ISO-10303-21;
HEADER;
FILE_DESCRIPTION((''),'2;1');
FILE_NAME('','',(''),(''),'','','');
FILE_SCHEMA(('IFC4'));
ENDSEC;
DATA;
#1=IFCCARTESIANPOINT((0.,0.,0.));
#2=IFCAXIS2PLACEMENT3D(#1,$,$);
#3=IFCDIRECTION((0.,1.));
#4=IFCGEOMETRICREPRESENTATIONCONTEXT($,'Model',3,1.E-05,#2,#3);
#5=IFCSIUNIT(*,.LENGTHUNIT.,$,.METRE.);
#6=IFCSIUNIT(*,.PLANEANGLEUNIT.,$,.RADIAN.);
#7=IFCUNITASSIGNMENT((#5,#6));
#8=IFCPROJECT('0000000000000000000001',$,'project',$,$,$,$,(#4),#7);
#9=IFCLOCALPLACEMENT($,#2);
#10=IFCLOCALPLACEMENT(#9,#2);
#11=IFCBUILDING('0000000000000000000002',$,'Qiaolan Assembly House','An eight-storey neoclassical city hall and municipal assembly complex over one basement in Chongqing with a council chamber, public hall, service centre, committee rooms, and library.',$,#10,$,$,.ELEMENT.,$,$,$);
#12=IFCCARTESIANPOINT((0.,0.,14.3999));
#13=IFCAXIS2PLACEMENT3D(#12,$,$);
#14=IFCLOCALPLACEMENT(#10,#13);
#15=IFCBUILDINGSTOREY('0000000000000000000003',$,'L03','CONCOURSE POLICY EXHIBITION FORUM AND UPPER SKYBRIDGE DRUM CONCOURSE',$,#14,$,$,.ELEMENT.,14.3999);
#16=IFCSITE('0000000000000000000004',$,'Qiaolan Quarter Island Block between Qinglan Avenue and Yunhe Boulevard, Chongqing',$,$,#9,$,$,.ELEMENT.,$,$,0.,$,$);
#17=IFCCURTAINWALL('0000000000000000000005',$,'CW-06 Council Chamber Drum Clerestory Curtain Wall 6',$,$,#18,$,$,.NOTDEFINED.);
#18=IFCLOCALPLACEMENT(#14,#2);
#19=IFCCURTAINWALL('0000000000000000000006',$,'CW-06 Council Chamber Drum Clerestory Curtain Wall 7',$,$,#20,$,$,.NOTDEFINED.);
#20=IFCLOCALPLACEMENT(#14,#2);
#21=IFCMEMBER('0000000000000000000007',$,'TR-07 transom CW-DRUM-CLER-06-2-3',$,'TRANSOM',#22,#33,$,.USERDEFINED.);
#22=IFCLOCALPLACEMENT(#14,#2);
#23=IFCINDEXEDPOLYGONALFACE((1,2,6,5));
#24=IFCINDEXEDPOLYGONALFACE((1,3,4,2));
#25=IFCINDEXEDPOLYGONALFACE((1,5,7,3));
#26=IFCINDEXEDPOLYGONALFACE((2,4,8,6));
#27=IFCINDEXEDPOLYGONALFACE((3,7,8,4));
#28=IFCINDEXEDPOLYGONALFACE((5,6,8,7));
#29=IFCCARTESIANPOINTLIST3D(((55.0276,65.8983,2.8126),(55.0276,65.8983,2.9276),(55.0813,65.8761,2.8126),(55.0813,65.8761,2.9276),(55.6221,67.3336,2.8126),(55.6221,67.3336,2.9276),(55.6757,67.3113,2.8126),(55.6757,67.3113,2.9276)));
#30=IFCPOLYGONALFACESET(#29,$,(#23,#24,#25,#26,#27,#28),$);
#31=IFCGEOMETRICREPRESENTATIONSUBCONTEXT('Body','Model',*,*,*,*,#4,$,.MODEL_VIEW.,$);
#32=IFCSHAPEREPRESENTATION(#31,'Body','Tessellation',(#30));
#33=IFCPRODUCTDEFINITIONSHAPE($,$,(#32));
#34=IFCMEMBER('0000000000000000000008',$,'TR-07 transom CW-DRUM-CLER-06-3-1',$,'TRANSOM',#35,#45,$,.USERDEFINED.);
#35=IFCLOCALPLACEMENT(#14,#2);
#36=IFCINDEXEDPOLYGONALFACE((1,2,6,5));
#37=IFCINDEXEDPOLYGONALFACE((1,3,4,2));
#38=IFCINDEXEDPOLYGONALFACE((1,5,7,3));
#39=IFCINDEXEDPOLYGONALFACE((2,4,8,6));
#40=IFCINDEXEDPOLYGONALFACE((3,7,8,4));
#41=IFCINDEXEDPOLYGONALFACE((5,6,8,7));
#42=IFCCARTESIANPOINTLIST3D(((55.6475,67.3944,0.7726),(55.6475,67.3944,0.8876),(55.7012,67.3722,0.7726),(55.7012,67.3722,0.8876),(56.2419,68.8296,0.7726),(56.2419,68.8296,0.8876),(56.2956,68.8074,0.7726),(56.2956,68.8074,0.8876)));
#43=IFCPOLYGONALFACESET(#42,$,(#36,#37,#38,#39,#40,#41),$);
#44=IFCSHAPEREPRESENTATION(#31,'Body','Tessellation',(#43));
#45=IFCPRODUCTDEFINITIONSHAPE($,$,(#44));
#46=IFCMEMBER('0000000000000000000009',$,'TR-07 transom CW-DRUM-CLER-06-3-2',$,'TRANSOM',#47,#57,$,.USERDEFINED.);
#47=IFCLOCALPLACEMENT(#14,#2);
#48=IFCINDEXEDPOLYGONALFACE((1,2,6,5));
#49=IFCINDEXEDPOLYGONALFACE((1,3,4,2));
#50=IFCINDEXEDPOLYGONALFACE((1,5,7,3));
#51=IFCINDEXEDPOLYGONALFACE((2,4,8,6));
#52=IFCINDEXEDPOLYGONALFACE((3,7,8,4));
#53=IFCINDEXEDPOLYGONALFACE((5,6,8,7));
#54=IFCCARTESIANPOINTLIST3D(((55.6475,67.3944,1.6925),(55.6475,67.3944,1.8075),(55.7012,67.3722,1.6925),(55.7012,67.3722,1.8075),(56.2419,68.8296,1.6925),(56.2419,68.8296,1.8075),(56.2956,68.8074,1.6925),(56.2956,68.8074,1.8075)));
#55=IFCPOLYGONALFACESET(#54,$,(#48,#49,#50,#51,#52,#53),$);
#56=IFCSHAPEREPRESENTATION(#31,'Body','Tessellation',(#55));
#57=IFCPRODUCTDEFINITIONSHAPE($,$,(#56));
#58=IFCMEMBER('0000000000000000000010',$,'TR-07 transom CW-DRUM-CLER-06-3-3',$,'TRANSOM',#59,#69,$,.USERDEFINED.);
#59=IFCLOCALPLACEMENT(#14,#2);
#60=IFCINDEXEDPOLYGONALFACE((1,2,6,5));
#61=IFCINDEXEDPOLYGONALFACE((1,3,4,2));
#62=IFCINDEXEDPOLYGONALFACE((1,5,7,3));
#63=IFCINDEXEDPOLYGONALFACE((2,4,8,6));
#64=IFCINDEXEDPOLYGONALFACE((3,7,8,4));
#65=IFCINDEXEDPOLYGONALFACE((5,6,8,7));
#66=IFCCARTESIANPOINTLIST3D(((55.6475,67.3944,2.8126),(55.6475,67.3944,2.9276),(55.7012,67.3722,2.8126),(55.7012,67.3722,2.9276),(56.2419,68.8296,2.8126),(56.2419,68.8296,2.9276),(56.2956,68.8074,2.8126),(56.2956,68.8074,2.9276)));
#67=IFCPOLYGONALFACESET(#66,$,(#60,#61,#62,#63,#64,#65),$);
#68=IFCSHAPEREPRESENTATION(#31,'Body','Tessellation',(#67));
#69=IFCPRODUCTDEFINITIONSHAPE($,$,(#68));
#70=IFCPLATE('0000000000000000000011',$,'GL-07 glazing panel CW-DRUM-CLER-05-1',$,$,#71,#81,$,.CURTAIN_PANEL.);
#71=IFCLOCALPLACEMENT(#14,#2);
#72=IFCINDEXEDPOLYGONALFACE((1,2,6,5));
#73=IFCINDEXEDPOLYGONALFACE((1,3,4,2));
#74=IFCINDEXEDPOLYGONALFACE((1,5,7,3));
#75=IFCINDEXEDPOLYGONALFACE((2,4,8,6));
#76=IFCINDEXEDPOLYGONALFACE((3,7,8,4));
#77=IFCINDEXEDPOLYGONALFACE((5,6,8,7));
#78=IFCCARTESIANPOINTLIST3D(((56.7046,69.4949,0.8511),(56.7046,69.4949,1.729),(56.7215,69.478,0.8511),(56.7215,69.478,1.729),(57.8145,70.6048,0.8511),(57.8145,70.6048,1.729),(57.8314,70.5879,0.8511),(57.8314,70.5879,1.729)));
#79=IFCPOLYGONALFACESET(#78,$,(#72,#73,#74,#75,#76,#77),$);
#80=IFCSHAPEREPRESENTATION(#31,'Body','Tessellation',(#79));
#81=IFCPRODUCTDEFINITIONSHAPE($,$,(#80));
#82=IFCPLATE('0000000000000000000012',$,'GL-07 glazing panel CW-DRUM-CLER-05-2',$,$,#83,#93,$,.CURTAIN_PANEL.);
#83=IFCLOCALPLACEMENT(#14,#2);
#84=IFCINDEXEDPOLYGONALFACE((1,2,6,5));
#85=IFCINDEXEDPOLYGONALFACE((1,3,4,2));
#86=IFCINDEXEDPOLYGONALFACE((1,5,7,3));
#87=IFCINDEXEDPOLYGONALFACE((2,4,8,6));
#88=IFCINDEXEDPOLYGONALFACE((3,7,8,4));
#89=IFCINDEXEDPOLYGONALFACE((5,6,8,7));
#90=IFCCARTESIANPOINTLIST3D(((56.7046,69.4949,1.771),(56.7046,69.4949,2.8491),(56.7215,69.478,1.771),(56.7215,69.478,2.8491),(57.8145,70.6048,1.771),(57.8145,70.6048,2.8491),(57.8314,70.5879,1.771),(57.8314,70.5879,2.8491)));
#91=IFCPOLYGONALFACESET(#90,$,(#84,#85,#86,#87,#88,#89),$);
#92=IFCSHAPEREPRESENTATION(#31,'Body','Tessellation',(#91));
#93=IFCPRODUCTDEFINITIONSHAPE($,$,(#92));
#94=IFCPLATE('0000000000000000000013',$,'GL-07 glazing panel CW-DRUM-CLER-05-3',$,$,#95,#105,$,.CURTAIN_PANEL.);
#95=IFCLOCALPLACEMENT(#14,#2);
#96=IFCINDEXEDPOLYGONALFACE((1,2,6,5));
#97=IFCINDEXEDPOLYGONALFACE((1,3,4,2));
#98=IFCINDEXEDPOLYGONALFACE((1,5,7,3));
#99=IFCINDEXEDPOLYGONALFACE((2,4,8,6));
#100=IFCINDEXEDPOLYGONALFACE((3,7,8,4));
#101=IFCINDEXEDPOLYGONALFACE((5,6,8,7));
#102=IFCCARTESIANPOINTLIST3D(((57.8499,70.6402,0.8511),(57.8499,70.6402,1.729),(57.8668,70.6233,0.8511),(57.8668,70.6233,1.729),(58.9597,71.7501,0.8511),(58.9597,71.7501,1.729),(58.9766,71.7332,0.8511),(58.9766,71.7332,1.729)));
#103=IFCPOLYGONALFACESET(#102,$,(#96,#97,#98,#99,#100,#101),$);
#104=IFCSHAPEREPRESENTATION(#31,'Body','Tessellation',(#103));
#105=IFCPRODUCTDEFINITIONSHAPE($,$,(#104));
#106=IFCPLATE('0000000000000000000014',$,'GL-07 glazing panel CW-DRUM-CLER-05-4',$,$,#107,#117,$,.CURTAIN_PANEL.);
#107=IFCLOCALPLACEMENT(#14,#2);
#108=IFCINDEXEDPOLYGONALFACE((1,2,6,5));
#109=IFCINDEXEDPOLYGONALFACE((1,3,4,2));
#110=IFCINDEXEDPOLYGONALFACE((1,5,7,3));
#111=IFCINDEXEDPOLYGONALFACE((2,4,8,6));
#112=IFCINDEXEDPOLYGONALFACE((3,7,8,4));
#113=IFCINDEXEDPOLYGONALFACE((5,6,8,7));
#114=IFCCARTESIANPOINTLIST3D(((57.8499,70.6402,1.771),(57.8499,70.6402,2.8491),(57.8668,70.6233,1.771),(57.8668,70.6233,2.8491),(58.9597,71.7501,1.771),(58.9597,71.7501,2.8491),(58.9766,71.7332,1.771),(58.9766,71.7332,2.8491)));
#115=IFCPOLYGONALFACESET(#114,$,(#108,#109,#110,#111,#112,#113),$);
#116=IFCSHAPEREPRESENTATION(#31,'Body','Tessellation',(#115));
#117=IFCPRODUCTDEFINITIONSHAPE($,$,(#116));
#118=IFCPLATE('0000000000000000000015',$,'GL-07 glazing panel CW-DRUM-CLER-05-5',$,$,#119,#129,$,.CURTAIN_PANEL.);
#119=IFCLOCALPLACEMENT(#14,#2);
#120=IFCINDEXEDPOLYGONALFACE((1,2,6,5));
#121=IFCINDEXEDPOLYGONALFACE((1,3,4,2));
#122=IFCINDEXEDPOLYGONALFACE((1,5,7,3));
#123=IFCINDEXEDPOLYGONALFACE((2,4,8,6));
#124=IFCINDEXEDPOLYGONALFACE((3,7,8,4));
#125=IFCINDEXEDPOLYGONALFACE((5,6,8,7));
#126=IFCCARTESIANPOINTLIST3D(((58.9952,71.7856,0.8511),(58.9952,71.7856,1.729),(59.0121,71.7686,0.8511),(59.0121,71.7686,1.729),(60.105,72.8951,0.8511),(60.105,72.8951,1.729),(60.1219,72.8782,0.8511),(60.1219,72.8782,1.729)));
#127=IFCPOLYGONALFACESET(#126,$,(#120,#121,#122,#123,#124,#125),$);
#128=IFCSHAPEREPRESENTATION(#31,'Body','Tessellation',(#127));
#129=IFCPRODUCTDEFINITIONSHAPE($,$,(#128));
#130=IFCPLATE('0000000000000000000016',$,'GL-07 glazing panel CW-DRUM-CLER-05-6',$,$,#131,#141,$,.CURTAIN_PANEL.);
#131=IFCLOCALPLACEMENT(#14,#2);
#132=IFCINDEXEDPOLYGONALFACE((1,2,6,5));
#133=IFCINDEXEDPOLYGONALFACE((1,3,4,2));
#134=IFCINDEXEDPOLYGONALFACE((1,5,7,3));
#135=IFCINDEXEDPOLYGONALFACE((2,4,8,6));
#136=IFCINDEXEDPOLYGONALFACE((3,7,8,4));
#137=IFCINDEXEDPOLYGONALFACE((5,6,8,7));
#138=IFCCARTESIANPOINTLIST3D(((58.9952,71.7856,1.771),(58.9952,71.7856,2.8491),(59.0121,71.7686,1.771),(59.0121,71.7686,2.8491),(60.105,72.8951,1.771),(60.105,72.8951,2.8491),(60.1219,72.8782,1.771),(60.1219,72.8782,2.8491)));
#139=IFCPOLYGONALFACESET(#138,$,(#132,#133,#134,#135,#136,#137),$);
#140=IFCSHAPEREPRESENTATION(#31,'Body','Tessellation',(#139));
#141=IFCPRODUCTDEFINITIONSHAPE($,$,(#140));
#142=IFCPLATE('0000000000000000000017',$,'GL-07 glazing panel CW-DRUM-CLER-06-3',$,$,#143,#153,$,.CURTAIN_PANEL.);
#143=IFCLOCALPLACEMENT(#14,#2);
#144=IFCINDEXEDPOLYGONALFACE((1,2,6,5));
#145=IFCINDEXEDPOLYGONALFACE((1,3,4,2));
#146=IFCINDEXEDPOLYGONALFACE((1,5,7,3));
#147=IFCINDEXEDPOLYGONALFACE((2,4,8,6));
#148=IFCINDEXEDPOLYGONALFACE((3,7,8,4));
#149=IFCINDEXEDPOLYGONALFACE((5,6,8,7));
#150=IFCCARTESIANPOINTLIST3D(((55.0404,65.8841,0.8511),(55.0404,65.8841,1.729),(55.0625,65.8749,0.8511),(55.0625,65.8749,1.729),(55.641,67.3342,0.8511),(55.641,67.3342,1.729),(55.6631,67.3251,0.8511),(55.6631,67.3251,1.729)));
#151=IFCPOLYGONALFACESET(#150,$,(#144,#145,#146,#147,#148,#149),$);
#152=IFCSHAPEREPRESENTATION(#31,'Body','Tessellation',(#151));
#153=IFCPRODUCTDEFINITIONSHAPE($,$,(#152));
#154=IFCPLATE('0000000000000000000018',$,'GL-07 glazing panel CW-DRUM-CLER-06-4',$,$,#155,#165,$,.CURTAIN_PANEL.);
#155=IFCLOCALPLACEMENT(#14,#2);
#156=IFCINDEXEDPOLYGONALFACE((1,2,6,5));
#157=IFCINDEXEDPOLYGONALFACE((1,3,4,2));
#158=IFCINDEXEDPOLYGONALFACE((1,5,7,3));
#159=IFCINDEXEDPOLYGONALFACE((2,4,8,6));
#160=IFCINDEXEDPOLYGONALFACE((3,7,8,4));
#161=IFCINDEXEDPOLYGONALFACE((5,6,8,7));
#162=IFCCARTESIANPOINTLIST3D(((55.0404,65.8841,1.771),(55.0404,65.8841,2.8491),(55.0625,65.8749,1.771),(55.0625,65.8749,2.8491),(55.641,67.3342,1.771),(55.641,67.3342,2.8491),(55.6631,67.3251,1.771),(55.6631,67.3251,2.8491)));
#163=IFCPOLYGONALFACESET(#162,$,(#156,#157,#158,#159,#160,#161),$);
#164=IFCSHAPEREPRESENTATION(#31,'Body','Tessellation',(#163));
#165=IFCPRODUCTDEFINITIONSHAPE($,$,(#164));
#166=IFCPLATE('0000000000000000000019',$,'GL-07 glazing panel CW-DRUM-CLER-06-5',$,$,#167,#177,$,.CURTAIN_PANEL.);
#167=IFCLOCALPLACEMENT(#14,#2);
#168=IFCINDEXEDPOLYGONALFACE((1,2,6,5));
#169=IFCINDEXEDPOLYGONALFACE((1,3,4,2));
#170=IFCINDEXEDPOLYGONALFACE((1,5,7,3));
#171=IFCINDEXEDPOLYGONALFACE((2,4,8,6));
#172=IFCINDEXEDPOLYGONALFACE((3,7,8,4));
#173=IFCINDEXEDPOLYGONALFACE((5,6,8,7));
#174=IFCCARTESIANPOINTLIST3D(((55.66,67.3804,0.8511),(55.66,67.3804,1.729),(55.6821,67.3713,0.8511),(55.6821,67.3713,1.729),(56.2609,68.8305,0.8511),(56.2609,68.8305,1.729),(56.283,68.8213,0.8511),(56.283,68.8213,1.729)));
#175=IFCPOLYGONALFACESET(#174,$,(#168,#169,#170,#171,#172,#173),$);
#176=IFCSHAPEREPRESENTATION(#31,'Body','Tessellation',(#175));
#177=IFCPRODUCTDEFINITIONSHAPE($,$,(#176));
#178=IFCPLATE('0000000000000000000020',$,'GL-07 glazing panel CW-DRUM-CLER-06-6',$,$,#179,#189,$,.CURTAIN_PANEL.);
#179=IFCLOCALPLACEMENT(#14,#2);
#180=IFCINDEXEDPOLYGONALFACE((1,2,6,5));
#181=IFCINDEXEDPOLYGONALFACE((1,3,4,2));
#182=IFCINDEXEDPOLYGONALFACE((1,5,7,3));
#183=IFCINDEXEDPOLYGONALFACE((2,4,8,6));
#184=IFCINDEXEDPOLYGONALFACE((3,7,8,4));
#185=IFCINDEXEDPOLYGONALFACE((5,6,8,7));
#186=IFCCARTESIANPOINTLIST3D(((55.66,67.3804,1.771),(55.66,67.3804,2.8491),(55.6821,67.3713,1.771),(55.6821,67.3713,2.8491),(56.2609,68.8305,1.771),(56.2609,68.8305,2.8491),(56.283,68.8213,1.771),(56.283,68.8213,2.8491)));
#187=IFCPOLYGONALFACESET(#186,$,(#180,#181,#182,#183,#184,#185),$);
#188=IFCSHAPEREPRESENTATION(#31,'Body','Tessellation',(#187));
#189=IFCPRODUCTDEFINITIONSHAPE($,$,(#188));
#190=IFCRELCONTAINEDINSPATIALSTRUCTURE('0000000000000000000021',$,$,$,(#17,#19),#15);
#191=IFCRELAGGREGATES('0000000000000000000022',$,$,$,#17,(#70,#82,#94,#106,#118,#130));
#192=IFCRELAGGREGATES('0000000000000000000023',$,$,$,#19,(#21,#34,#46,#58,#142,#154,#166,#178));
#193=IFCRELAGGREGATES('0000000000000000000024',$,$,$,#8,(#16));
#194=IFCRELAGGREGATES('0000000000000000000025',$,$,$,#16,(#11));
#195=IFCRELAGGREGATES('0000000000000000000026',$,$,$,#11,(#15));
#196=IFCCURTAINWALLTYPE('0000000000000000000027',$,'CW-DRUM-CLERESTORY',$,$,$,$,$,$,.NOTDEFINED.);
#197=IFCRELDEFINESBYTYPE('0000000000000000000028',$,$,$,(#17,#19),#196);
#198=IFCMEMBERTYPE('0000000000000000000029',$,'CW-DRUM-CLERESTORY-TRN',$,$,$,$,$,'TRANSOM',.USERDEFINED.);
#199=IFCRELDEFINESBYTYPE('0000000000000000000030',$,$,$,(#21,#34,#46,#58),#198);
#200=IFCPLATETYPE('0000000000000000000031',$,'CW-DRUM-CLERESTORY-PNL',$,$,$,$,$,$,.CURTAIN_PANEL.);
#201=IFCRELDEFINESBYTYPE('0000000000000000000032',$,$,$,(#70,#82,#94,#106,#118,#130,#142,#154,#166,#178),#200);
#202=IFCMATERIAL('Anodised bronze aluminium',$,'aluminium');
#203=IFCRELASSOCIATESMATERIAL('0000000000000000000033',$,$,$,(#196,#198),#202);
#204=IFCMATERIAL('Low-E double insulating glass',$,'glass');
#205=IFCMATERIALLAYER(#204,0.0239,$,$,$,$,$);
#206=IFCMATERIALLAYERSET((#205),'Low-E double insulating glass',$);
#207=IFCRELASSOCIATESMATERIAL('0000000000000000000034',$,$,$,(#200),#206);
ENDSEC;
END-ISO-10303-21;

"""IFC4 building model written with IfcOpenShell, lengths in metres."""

from ifc_helpers import new_model, si_unit, direction, frame, frame_2d, origin, origin_2d, place, context, subcontext, project, spatial, rectangle, extrude, material, layer, layer_set, material_profile, profile_set, type_object, element, aggregate, save


model = new_model("IFC4")

# Units and contexts
model_context = context("Model", 3, precision=1e-05, world=origin(), true_north=direction((0.0, 1.0)))
body_context = subcontext(model_context, "Body", "Model", "MODEL_VIEW")
ifc_project = project(units=[si_unit("LENGTHUNIT", "METRE"), si_unit("PLANEANGLEUNIT", "RADIAN")], contexts=[model_context])

# Site, building, storey
site_placement = place(None, origin())
site = spatial("IfcSite", under=ifc_project, at=site_placement, Name="Qiaolan Quarter Island Block between Qinglan Avenue and Yunhe Boulevard, Chongqing", CompositionType="ELEMENT", RefElevation=0.0)
building_placement = place(site_placement, origin())
building = spatial("IfcBuilding", under=site, at=building_placement, Name="Qiaolan Assembly House", Description="An eight-storey neoclassical city hall and municipal assembly complex over one basement in Chongqing with a council chamber, public hall, service centre, committee rooms, and library.", CompositionType="ELEMENT")
storey_placement = place(building_placement, frame((0.0, 0.0, 14.3999)))
storey = spatial("IfcBuildingStorey", under=building, at=storey_placement, Name="L03", Description="CONCOURSE POLICY EXHIBITION FORUM AND UPPER SKYBRIDGE DRUM CONCOURSE", CompositionType="ELEMENT", Elevation=14.3999)

# Curtain walls
ifc_material_1 = material(Name="Anodised bronze aluminium", Category="aluminium")
curtain_wall_type = type_object("IfcCurtainWallType", Name="CW-DRUM-CLERESTORY", PredefinedType="NOTDEFINED", material=ifc_material_1)
curtain_wall_1_placement = place(storey_placement, origin())
curtain_wall_1 = element("IfcCurtainWall", 1, at=curtain_wall_1_placement, inside=storey, type_object=curtain_wall_type, Name="CW-06 Council Chamber Drum Clerestory Curtain Wall 6", PredefinedType="NOTDEFINED")
curtain_wall_2_placement = place(storey_placement, origin())
curtain_wall_2 = element("IfcCurtainWall", 2, at=curtain_wall_2_placement, inside=storey, type_object=curtain_wall_type, Name="CW-06 Council Chamber Drum Clerestory Curtain Wall 7", PredefinedType="NOTDEFINED")

# Members
ifc_material_profile_1 = material_profile(ifc_material_1, rectangle(XDim=0.0581, YDim=0.115, at=origin_2d()), Name="TRN 58x115")
ifc_profile_set_1 = profile_set([ifc_material_profile_1], Name="Anodised bronze aluminium")
member_type_1 = type_object("IfcMemberType", Name="CW-DRUM-CLERESTORY-TRN", ElementType="TRANSOM", PredefinedType="USERDEFINED", material=ifc_profile_set_1)
member_1_placement = place(storey_placement, frame((55.0544, 65.8872, 2.8701), z_axis=(0.382662, 0.923889, 0.0), x_axis=(-0.923889, 0.382662, 0.0)))
member_1 = element("IfcMember", 3, at=member_1_placement, type_object=member_type_1, Name="TR-07 transom CW-DRUM-CLER-06-2-3", ObjectType="TRANSOM", PredefinedType="USERDEFINED", context=body_context, shape_type="SweptSolid", body=[
    extrude(rectangle(XDim=0.0581, YDim=0.115, at=origin_2d()), origin(), (0.0, 0.0, 1.0), 1.5535),
])
member_2_placement = place(storey_placement, frame((55.6743, 67.3833, 0.8301), z_axis=(0.382662, 0.923889, 0.0), x_axis=(-0.923889, 0.382662, 0.0)))
member_2 = element("IfcMember", 4, at=member_2_placement, type_object=member_type_1, Name="TR-07 transom CW-DRUM-CLER-06-3-1", ObjectType="TRANSOM", PredefinedType="USERDEFINED", context=body_context, shape_type="SweptSolid", body=[
    extrude(rectangle(XDim=0.0581, YDim=0.115, at=origin_2d()), origin(), (0.0, 0.0, 1.0), 1.5535),
])
member_3_placement = place(storey_placement, frame((55.6743, 67.3833, 1.75), z_axis=(0.382662, 0.923889, 0.0), x_axis=(-0.923889, 0.382662, 0.0)))
member_3 = element("IfcMember", 5, at=member_3_placement, type_object=member_type_1, Name="TR-07 transom CW-DRUM-CLER-06-3-2", ObjectType="TRANSOM", PredefinedType="USERDEFINED", context=body_context, shape_type="SweptSolid", body=[
    extrude(rectangle(XDim=0.0581, YDim=0.115, at=origin_2d()), origin(), (0.0, 0.0, 1.0), 1.5535),
])
member_4_placement = place(storey_placement, frame((55.6743, 67.3833, 2.8701), z_axis=(0.382662, 0.923889, 0.0), x_axis=(-0.923889, 0.382662, 0.0)))
member_4 = element("IfcMember", 6, at=member_4_placement, type_object=member_type_1, Name="TR-07 transom CW-DRUM-CLER-06-3-3", ObjectType="TRANSOM", PredefinedType="USERDEFINED", context=body_context, shape_type="SweptSolid", body=[
    extrude(rectangle(XDim=0.0581, YDim=0.115, at=origin_2d()), origin(), (0.0, 0.0, 1.0), 1.5535),
])

# Plates
ifc_material_2 = material(Name="Low-E double insulating glass", Category="glass")
ifc_layer_1 = layer(ifc_material_2, 0.0239)
ifc_layer_set_1 = layer_set([ifc_layer_1], Name="Low-E double insulating glass")
plate_type_1 = type_object("IfcPlateType", Name="CW-DRUM-CLERESTORY-PNL", PredefinedType="CURTAIN_PANEL", material=ifc_layer_set_1)
plate_1_placement = place(storey_placement, frame((56.7131, 69.4866, 0.8511), z_axis=(0.0, 0.0, 1.0), x_axis=(0.707107, 0.707107, 0.0)))
plate_1 = element("IfcPlate", 7, at=plate_1_placement, type_object=plate_type_1, Name="GL-07 glazing panel CW-DRUM-CLER-05-1", PredefinedType="CURTAIN_PANEL", context=body_context, shape_type="SweptSolid", body=[
    extrude(rectangle(XDim=1.5696, YDim=0.0239, at=frame_2d((0.7847, 0.0))), origin(), (0.0, 0.0, 1.0), 0.8779),
])
plate_2_placement = place(storey_placement, frame((56.7131, 69.4866, 1.771), z_axis=(0.0, 0.0, 1.0), x_axis=(0.707107, 0.707107, 0.0)))
plate_2 = element("IfcPlate", 8, at=plate_2_placement, type_object=plate_type_1, Name="GL-07 glazing panel CW-DRUM-CLER-05-2", PredefinedType="CURTAIN_PANEL", context=body_context, shape_type="SweptSolid", body=[
    extrude(rectangle(XDim=1.5696, YDim=0.0239, at=frame_2d((0.7847, 0.0))), origin(), (0.0, 0.0, 1.0), 1.0781),
])
plate_3_placement = place(storey_placement, frame((57.8584, 70.6318, 0.8511), z_axis=(0.0, 0.0, 1.0), x_axis=(0.707107, 0.707107, 0.0)))
plate_3 = element("IfcPlate", 9, at=plate_3_placement, type_object=plate_type_1, Name="GL-07 glazing panel CW-DRUM-CLER-05-3", PredefinedType="CURTAIN_PANEL", context=body_context, shape_type="SweptSolid", body=[
    extrude(rectangle(XDim=1.5696, YDim=0.0239, at=frame_2d((0.7847, 0.0))), origin(), (0.0, 0.0, 1.0), 0.8779),
])
plate_4_placement = place(storey_placement, frame((57.8584, 70.6318, 1.771), z_axis=(0.0, 0.0, 1.0), x_axis=(0.707107, 0.707107, 0.0)))
plate_4 = element("IfcPlate", 10, at=plate_4_placement, type_object=plate_type_1, Name="GL-07 glazing panel CW-DRUM-CLER-05-4", PredefinedType="CURTAIN_PANEL", context=body_context, shape_type="SweptSolid", body=[
    extrude(rectangle(XDim=1.5696, YDim=0.0239, at=frame_2d((0.7847, 0.0))), origin(), (0.0, 0.0, 1.0), 1.0781),
])
plate_5_placement = place(storey_placement, frame((59.0037, 71.7771, 0.8511), z_axis=(0.0, 0.0, 1.0), x_axis=(0.707185, 0.707029, 0.0)))
plate_5 = element("IfcPlate", 11, at=plate_5_placement, type_object=plate_type_1, Name="GL-07 glazing panel CW-DRUM-CLER-05-5", PredefinedType="CURTAIN_PANEL", context=body_context, shape_type="SweptSolid", body=[
    extrude(rectangle(XDim=1.5693, YDim=0.0239, at=frame_2d((0.7847, 0.0))), origin(), (0.0, 0.0, 1.0), 0.8779),
])
plate_6_placement = place(storey_placement, frame((59.0037, 71.7771, 1.771), z_axis=(0.0, 0.0, 1.0), x_axis=(0.707185, 0.707029, 0.0)))
plate_6 = element("IfcPlate", 12, at=plate_6_placement, type_object=plate_type_1, Name="GL-07 glazing panel CW-DRUM-CLER-05-6", PredefinedType="CURTAIN_PANEL", context=body_context, shape_type="SweptSolid", body=[
    extrude(rectangle(XDim=1.5693, YDim=0.0239, at=frame_2d((0.7847, 0.0))), origin(), (0.0, 0.0, 1.0), 1.0781),
])
aggregate(curtain_wall_1, [plate_1, plate_2, plate_3, plate_4, plate_5, plate_6])
plate_7_placement = place(storey_placement, frame((55.0515, 65.8796, 0.8511), z_axis=(0.0, 0.0, 1.0), x_axis=(0.382627, 0.923903, 0.0)))
plate_7 = element("IfcPlate", 13, at=plate_7_placement, type_object=plate_type_1, Name="GL-07 glazing panel CW-DRUM-CLER-06-3", PredefinedType="CURTAIN_PANEL", context=body_context, shape_type="SweptSolid", body=[
    extrude(rectangle(XDim=1.5696, YDim=0.0239, at=frame_2d((0.7847, 0.0))), origin(), (0.0, 0.0, 1.0), 0.8779),
])
plate_8_placement = place(storey_placement, frame((55.0515, 65.8796, 1.771), z_axis=(0.0, 0.0, 1.0), x_axis=(0.382627, 0.923903, 0.0)))
plate_8 = element("IfcPlate", 14, at=plate_8_placement, type_object=plate_type_1, Name="GL-07 glazing panel CW-DRUM-CLER-06-4", PredefinedType="CURTAIN_PANEL", context=body_context, shape_type="SweptSolid", body=[
    extrude(rectangle(XDim=1.5696, YDim=0.0239, at=frame_2d((0.7847, 0.0))), origin(), (0.0, 0.0, 1.0), 1.0781),
])
plate_9_placement = place(storey_placement, frame((55.6711, 67.376, 0.8511), z_axis=(0.0, 0.0, 1.0), x_axis=(0.382814, 0.923825, 0.0)))
plate_9 = element("IfcPlate", 15, at=plate_9_placement, type_object=plate_type_1, Name="GL-07 glazing panel CW-DRUM-CLER-06-5", PredefinedType="CURTAIN_PANEL", context=body_context, shape_type="SweptSolid", body=[
    extrude(rectangle(XDim=1.5696, YDim=0.0239, at=frame_2d((0.7847, 0.0))), origin(), (0.0, 0.0, 1.0), 0.8779),
])
plate_10_placement = place(storey_placement, frame((55.6711, 67.376, 1.771), z_axis=(0.0, 0.0, 1.0), x_axis=(0.382814, 0.923825, 0.0)))
plate_10 = element("IfcPlate", 16, at=plate_10_placement, type_object=plate_type_1, Name="GL-07 glazing panel CW-DRUM-CLER-06-6", PredefinedType="CURTAIN_PANEL", context=body_context, shape_type="SweptSolid", body=[
    extrude(rectangle(XDim=1.5696, YDim=0.0239, at=frame_2d((0.7847, 0.0))), origin(), (0.0, 0.0, 1.0), 1.0781),
])
aggregate(curtain_wall_2, [member_1, member_2, member_3, member_4, plate_7, plate_8, plate_9, plate_10])

save(model, "model.ifc")
